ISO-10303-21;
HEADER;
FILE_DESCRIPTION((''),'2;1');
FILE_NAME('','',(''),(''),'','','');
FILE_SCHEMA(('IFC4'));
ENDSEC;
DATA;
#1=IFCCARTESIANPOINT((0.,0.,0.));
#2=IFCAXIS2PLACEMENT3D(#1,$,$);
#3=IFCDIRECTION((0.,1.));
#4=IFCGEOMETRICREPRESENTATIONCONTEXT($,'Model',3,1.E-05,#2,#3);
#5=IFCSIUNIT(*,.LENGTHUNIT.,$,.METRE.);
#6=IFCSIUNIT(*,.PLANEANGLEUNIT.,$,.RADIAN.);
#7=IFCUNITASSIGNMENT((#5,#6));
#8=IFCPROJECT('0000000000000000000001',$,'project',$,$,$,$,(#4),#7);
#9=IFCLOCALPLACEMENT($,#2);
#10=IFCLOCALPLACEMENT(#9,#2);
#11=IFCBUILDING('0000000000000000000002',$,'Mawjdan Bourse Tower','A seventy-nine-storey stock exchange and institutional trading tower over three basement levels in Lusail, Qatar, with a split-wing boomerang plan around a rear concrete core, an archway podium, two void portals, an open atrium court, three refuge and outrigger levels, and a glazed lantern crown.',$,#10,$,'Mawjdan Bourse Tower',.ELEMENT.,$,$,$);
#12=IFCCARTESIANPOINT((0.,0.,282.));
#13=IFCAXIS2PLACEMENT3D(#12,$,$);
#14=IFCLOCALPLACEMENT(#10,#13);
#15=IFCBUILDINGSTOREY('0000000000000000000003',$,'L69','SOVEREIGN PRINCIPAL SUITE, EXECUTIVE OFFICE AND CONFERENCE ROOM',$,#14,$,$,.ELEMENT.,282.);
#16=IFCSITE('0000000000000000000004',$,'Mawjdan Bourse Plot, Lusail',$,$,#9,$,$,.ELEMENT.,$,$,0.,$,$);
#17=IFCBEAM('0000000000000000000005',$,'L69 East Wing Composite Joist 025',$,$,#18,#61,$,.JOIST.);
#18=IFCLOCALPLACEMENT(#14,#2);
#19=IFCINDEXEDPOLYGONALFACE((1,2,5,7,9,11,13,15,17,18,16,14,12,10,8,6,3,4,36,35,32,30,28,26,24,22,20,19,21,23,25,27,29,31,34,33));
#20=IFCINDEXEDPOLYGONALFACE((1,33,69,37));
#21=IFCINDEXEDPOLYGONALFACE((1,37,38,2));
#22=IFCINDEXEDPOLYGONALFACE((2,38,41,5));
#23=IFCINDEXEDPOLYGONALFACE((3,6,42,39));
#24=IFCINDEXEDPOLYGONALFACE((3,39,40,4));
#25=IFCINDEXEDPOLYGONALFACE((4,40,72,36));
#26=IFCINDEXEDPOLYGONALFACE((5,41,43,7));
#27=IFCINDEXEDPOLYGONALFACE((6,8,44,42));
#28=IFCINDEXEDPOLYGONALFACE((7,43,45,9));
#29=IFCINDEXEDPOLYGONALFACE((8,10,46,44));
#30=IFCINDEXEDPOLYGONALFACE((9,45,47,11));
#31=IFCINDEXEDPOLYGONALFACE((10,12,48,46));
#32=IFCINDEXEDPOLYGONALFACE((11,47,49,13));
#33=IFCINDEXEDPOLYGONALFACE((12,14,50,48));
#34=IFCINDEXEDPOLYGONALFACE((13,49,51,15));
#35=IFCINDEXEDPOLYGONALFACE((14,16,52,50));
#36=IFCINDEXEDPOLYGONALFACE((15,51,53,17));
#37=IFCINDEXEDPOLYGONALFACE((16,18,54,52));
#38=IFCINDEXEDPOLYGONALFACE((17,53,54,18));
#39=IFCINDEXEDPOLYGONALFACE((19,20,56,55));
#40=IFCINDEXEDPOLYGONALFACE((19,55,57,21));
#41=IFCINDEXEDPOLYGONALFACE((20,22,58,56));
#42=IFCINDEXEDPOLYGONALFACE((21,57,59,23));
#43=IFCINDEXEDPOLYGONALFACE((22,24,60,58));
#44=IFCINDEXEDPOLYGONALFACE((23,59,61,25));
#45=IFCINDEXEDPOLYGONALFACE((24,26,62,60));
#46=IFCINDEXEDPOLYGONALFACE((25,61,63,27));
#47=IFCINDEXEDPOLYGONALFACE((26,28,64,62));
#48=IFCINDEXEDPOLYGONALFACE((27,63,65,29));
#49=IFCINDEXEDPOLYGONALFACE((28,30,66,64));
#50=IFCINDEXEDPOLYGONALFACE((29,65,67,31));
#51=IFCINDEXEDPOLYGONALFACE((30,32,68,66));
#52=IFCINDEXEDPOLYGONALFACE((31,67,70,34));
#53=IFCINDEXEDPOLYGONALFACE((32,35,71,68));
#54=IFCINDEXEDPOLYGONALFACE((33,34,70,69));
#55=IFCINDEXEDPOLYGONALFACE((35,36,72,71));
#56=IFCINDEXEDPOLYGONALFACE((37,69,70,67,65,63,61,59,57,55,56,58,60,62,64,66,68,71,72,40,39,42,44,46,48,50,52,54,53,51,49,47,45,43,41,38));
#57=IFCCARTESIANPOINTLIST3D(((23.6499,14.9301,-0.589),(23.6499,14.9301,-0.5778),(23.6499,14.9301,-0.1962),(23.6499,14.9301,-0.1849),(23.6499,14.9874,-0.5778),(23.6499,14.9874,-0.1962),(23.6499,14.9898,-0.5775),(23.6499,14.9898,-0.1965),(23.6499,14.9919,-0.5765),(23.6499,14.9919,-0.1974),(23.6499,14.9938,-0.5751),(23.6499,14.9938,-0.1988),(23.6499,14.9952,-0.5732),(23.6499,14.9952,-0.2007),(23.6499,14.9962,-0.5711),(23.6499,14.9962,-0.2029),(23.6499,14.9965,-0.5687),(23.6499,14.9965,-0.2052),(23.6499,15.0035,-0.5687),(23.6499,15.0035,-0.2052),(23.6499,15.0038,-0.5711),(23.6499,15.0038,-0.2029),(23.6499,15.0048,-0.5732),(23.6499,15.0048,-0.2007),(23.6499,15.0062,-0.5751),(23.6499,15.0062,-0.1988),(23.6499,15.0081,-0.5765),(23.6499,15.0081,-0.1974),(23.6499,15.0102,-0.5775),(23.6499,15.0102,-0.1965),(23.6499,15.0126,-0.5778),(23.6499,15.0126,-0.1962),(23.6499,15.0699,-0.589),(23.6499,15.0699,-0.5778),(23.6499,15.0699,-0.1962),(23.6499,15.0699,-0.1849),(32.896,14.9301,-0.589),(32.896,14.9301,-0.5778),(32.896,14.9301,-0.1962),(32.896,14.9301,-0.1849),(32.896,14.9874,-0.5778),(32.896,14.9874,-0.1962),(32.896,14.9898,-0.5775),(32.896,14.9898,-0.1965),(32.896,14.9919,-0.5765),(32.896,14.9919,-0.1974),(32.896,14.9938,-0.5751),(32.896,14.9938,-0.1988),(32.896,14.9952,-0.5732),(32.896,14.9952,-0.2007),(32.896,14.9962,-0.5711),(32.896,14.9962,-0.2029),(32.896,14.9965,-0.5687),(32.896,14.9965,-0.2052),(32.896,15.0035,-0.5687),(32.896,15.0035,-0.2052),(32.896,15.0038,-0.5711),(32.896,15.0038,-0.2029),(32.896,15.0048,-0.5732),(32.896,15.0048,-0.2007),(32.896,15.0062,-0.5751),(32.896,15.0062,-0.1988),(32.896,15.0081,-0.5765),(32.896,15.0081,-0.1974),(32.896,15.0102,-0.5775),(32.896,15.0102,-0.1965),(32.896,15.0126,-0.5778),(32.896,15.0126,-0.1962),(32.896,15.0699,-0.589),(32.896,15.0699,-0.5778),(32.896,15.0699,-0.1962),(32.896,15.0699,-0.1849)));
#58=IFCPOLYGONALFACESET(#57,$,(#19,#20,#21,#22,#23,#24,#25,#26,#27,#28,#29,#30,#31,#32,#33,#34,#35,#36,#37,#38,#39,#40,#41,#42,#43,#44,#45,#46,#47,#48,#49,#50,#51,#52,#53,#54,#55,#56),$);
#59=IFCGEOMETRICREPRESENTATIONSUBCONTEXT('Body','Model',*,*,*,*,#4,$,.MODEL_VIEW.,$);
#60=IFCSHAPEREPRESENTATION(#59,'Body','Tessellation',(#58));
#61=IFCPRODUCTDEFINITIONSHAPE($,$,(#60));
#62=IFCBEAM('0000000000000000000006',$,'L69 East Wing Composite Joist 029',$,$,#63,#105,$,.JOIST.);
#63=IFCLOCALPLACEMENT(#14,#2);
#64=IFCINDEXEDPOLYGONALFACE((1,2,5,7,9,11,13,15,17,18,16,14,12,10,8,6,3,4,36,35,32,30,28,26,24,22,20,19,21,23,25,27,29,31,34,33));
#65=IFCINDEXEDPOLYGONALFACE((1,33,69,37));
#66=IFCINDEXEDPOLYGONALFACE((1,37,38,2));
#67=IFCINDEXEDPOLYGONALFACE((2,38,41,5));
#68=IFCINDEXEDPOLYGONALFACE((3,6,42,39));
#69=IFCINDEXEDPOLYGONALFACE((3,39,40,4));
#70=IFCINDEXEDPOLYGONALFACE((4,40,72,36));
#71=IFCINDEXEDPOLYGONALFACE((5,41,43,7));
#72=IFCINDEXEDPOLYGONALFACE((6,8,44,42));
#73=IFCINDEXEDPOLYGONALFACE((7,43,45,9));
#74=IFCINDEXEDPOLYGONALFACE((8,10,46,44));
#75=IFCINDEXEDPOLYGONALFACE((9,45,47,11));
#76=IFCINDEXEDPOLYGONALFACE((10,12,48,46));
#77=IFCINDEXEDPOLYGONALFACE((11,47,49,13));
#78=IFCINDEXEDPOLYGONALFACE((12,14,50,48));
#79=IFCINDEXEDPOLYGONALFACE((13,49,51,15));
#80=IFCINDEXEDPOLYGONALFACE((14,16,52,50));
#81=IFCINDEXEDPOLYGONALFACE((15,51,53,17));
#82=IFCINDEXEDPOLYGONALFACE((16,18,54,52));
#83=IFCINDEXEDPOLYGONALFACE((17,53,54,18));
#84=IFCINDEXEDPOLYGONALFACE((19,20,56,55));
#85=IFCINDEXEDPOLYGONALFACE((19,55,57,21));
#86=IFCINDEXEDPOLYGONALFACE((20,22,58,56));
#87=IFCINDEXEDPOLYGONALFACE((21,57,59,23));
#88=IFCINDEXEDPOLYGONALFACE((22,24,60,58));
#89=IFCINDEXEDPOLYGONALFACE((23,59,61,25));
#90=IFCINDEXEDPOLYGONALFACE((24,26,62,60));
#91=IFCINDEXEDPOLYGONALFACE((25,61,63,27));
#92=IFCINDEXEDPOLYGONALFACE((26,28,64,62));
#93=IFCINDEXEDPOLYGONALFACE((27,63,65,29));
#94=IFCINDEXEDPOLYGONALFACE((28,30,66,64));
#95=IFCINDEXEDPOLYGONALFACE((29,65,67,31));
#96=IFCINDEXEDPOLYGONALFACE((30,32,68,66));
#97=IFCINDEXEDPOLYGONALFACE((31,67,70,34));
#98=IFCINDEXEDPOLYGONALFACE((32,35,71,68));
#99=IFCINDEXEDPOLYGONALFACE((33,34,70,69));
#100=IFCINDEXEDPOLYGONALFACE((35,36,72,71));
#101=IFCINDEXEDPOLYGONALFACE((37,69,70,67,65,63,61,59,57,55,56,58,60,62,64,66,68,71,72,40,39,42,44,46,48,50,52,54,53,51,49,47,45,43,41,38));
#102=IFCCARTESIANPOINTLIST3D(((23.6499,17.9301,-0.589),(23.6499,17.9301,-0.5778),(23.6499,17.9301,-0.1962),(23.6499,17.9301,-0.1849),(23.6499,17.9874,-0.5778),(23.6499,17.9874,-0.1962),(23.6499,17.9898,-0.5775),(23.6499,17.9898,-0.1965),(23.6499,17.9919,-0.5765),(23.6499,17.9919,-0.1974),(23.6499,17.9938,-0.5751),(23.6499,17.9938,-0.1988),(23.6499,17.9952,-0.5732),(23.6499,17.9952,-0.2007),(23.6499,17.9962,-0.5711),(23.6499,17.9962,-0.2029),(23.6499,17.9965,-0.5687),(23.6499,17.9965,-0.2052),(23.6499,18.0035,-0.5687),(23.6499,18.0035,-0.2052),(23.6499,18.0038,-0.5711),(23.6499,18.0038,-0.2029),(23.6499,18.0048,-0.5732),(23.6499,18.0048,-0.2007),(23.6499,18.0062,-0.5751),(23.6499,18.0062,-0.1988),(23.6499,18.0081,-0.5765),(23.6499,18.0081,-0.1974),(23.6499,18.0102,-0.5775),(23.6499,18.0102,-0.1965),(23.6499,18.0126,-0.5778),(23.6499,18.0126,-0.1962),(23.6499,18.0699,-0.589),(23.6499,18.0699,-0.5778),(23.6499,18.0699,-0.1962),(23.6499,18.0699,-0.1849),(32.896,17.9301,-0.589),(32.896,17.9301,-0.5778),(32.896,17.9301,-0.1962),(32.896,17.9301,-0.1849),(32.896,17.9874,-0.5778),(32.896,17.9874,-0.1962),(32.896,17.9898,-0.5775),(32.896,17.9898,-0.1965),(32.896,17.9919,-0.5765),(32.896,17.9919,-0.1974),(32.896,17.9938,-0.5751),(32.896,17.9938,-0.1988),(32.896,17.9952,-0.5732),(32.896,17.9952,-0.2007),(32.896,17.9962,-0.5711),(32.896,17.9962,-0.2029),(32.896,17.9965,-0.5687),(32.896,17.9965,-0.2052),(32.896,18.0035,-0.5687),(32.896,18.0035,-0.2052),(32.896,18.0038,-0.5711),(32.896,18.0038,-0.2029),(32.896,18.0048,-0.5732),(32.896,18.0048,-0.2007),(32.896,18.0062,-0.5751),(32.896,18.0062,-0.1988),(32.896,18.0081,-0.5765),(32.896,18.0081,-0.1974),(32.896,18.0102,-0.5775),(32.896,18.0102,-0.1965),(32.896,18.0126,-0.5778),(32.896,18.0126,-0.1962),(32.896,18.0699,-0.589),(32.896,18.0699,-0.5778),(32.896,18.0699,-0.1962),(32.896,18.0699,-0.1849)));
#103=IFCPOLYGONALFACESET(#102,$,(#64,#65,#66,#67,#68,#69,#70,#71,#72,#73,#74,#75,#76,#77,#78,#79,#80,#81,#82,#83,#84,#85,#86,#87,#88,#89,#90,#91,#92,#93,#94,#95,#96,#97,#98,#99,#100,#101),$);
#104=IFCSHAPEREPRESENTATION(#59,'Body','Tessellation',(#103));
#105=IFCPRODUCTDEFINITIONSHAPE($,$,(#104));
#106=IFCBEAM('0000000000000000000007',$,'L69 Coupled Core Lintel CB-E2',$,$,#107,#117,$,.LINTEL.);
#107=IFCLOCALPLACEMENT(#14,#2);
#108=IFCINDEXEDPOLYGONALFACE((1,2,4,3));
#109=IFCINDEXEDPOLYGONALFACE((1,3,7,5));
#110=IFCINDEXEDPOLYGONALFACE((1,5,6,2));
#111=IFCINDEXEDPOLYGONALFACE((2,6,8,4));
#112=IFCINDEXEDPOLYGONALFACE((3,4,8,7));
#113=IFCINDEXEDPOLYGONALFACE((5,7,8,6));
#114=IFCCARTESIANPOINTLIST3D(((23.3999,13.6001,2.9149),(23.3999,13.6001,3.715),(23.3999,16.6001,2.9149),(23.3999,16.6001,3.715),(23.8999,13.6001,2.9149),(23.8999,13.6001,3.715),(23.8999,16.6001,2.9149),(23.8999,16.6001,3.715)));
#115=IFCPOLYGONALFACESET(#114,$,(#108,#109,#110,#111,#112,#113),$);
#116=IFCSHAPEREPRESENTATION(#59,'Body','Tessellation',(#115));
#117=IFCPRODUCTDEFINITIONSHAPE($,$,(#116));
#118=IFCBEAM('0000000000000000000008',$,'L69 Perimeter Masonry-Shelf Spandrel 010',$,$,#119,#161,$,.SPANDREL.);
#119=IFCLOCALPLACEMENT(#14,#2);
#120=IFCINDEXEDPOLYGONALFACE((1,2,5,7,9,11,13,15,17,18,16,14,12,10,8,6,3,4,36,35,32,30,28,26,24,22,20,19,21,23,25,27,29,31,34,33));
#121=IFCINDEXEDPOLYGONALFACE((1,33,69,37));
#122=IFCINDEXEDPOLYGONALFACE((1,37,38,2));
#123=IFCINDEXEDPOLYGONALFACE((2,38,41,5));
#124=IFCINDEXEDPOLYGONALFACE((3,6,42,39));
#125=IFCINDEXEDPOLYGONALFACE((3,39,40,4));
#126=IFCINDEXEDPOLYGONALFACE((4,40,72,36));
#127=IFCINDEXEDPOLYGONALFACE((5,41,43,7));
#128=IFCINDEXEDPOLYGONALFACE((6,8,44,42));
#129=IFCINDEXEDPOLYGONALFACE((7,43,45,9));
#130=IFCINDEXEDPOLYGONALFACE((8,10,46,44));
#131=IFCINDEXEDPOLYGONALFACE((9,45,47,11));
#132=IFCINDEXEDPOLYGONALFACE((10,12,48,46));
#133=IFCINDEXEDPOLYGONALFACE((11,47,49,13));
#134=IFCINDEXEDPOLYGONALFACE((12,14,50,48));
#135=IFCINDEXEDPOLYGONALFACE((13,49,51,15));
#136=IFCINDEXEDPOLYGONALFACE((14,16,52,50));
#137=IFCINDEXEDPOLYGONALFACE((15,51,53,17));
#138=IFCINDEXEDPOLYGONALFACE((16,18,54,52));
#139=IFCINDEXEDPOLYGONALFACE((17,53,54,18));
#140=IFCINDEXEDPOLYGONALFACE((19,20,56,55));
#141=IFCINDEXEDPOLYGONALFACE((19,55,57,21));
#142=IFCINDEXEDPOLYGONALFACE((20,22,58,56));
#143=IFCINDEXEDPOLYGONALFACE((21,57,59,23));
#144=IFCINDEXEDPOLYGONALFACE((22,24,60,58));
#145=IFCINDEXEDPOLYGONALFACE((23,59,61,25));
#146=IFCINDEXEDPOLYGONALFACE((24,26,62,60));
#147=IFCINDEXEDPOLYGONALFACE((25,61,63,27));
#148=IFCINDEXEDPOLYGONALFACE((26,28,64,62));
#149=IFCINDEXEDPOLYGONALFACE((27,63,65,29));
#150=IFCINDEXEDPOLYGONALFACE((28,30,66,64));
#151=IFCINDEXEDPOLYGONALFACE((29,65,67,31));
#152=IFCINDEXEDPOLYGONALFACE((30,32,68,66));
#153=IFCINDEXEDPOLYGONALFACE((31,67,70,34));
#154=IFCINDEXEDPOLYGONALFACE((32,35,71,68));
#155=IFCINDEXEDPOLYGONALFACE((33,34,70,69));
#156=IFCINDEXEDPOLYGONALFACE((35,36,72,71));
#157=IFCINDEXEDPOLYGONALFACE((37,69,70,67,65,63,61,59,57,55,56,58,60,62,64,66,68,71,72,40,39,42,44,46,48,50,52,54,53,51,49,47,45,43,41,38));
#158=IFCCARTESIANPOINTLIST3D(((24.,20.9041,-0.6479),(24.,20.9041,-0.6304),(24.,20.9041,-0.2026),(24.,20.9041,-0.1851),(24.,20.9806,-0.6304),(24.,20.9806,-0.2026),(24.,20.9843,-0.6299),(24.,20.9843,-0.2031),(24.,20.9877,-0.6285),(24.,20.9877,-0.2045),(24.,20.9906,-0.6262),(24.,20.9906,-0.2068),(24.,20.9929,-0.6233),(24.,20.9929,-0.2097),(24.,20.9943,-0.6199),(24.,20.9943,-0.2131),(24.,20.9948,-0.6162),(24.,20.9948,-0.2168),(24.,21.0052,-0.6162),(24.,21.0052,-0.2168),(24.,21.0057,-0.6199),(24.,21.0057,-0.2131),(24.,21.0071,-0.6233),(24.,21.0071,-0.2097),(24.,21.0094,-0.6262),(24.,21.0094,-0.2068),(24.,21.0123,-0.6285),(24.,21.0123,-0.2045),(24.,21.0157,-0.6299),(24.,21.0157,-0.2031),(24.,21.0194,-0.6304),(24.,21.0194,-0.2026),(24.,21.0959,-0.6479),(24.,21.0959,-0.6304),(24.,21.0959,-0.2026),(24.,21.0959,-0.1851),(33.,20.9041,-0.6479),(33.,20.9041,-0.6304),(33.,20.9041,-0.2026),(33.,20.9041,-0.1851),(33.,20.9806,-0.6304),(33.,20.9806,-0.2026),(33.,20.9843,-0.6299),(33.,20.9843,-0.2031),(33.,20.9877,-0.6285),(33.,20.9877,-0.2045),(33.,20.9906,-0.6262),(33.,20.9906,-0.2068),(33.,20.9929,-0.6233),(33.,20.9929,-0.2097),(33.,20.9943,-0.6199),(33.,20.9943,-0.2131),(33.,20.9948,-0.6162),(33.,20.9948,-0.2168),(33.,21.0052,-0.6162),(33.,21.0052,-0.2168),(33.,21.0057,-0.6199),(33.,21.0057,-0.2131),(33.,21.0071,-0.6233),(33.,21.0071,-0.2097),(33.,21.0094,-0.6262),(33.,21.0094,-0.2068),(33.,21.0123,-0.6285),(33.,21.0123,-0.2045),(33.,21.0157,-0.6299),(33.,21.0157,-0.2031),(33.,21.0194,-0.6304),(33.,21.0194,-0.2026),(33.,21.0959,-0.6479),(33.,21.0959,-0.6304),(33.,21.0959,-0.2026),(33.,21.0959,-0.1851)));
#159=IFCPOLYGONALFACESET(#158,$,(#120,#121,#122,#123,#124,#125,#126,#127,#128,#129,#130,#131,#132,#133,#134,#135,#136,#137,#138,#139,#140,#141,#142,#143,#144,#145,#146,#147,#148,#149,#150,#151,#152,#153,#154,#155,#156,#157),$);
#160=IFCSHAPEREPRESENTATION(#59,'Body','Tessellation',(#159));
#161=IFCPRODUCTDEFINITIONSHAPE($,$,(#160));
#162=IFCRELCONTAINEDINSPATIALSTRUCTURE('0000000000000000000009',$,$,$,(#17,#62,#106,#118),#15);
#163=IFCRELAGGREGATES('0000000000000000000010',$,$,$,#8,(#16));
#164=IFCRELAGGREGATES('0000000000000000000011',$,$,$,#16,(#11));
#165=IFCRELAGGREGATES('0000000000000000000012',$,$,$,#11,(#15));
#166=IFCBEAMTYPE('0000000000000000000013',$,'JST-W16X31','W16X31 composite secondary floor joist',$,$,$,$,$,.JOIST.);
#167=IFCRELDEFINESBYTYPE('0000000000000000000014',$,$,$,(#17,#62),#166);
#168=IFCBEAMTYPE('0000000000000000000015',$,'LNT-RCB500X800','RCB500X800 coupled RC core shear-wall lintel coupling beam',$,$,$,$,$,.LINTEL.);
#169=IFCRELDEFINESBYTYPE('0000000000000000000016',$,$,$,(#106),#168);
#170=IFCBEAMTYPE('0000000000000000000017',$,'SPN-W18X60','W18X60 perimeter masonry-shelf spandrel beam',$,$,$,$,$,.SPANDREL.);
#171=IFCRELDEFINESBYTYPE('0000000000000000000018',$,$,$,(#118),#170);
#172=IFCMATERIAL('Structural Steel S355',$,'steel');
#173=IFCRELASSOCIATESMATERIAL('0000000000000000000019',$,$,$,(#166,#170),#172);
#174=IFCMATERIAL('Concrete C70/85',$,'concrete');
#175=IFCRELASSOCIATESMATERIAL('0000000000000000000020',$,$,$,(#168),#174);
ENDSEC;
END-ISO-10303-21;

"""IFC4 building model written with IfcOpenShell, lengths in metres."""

from ifc_helpers import new_model, si_unit, direction, frame, origin, origin_2d, place, context, subcontext, project, spatial, rectangle, i_section, extrude, material, material_profile, profile_set, type_object, element, save


model = new_model("IFC4")

# Units and contexts
model_context = context("Model", 3, precision=1e-05, world=origin(), true_north=direction((0.0, 1.0)))
body_context = subcontext(model_context, "Body", "Model", "MODEL_VIEW")
ifc_project = project(units=[si_unit("LENGTHUNIT", "METRE"), si_unit("PLANEANGLEUNIT", "RADIAN")], contexts=[model_context])

# Site, building, storey
site_placement = place(None, origin())
site = spatial("IfcSite", under=ifc_project, at=site_placement, Name="Mawjdan Bourse Plot, Lusail", CompositionType="ELEMENT", RefElevation=0.0)
building_placement = place(site_placement, origin())
building = spatial("IfcBuilding", under=site, at=building_placement, Name="Mawjdan Bourse Tower", Description="A seventy-nine-storey stock exchange and institutional trading tower over three basement levels in Lusail, Qatar, with a split-wing boomerang plan around a rear concrete core, an archway podium, two void portals, an open atrium court, three refuge and outrigger levels, and a glazed lantern crown.", LongName="Mawjdan Bourse Tower", CompositionType="ELEMENT")
storey_placement = place(building_placement, frame((0.0, 0.0, 282.0)))
storey = spatial("IfcBuildingStorey", under=building, at=storey_placement, Name="L69", Description="SOVEREIGN PRINCIPAL SUITE, EXECUTIVE OFFICE AND CONFERENCE ROOM", CompositionType="ELEMENT", Elevation=282.0)

# Beams
ifc_material_1 = material(Name="Structural Steel S355", Category="steel")
ifc_material_profile_1 = material_profile(ifc_material_1, i_section(OverallWidth=0.1399, OverallDepth=0.4041, WebThickness=0.0071, FlangeThickness=0.0112, FilletRadius=0.009, at=origin_2d()), Name="W16X31")
ifc_profile_set_1 = profile_set([ifc_material_profile_1], Name="Structural Steel S355")
beam_type_1 = type_object("IfcBeamType", Name="JST-W16X31", Description="W16X31 composite secondary floor joist", PredefinedType="JOIST", material=ifc_profile_set_1)
for number, where, z_axis, x_axis, name in (
    (1, (23.6499, 15.0, -0.387), (1.0, 0.0, 0.0), (0.0, 1.0, 0.0), "L69 East Wing Composite Joist 025"),
    (2, (23.6499, 18.0, -0.387), (1.0, 0.0, 0.0), (0.0, 1.0, 0.0), "L69 East Wing Composite Joist 029"),
):
    element("IfcBeam", number, at=place(storey_placement, frame(where, z_axis=z_axis, x_axis=x_axis)), inside=storey, type_object=beam_type_1, Name=name, PredefinedType="JOIST", context=body_context, shape_type="SweptSolid", body=[
        extrude(i_section(OverallWidth=0.1399, OverallDepth=0.4041, WebThickness=0.0071, FlangeThickness=0.0112, FilletRadius=0.009, at=origin_2d()), origin(), (0.0, 0.0, 1.0), 9.2461),
    ])
ifc_material_2 = material(Name="Concrete C70/85", Category="concrete")
ifc_material_profile_2 = material_profile(ifc_material_2, rectangle(XDim=0.5, YDim=0.8, at=origin_2d()), Name="RCB500X800")
ifc_profile_set_2 = profile_set([ifc_material_profile_2], Name="Concrete C70/85")
beam_type_2 = type_object("IfcBeamType", Name="LNT-RCB500X800", Description="RCB500X800 coupled RC core shear-wall lintel coupling beam", PredefinedType="LINTEL", material=ifc_profile_set_2)
beam_1_placement = place(storey_placement, frame((23.6499, 13.6001, 3.3149), z_axis=(0.0, 1.0, 0.0), x_axis=(-1.0, 0.0, 0.0)))
element("IfcBeam", 3, at=beam_1_placement, inside=storey, type_object=beam_type_2, Name="L69 Coupled Core Lintel CB-E2", PredefinedType="LINTEL", context=body_context, shape_type="SweptSolid", body=[
    extrude(rectangle(XDim=0.5, YDim=0.8, at=origin_2d()), origin(), (0.0, 0.0, 1.0), 3.0),
])
ifc_material_profile_3 = material_profile(ifc_material_1, i_section(OverallWidth=0.1919, OverallDepth=0.4629, WebThickness=0.0105, FlangeThickness=0.0176, FilletRadius=0.0142, at=origin_2d()), Name="W18X60")
ifc_profile_set_3 = profile_set([ifc_material_profile_3], Name="Structural Steel S355")
beam_type_3 = type_object("IfcBeamType", Name="SPN-W18X60", Description="W18X60 perimeter masonry-shelf spandrel beam", PredefinedType="SPANDREL", material=ifc_profile_set_3)
for number, where, z_axis, x_axis, name in (
    (4, (24.0, 21.0, -0.4165), (1.0, 0.0, 0.0), (0.0, 1.0, 0.0), "L69 Perimeter Masonry-Shelf Spandrel 010"),
):
    element("IfcBeam", number, at=place(storey_placement, frame(where, z_axis=z_axis, x_axis=x_axis)), inside=storey, type_object=beam_type_3, Name=name, PredefinedType="SPANDREL", context=body_context, shape_type="SweptSolid", body=[
        extrude(i_section(OverallWidth=0.1919, OverallDepth=0.4629, WebThickness=0.0105, FlangeThickness=0.0176, FilletRadius=0.0142, at=origin_2d()), origin(), (0.0, 0.0, 1.0), 9.0),
    ])

save(model, "model.ifc")
